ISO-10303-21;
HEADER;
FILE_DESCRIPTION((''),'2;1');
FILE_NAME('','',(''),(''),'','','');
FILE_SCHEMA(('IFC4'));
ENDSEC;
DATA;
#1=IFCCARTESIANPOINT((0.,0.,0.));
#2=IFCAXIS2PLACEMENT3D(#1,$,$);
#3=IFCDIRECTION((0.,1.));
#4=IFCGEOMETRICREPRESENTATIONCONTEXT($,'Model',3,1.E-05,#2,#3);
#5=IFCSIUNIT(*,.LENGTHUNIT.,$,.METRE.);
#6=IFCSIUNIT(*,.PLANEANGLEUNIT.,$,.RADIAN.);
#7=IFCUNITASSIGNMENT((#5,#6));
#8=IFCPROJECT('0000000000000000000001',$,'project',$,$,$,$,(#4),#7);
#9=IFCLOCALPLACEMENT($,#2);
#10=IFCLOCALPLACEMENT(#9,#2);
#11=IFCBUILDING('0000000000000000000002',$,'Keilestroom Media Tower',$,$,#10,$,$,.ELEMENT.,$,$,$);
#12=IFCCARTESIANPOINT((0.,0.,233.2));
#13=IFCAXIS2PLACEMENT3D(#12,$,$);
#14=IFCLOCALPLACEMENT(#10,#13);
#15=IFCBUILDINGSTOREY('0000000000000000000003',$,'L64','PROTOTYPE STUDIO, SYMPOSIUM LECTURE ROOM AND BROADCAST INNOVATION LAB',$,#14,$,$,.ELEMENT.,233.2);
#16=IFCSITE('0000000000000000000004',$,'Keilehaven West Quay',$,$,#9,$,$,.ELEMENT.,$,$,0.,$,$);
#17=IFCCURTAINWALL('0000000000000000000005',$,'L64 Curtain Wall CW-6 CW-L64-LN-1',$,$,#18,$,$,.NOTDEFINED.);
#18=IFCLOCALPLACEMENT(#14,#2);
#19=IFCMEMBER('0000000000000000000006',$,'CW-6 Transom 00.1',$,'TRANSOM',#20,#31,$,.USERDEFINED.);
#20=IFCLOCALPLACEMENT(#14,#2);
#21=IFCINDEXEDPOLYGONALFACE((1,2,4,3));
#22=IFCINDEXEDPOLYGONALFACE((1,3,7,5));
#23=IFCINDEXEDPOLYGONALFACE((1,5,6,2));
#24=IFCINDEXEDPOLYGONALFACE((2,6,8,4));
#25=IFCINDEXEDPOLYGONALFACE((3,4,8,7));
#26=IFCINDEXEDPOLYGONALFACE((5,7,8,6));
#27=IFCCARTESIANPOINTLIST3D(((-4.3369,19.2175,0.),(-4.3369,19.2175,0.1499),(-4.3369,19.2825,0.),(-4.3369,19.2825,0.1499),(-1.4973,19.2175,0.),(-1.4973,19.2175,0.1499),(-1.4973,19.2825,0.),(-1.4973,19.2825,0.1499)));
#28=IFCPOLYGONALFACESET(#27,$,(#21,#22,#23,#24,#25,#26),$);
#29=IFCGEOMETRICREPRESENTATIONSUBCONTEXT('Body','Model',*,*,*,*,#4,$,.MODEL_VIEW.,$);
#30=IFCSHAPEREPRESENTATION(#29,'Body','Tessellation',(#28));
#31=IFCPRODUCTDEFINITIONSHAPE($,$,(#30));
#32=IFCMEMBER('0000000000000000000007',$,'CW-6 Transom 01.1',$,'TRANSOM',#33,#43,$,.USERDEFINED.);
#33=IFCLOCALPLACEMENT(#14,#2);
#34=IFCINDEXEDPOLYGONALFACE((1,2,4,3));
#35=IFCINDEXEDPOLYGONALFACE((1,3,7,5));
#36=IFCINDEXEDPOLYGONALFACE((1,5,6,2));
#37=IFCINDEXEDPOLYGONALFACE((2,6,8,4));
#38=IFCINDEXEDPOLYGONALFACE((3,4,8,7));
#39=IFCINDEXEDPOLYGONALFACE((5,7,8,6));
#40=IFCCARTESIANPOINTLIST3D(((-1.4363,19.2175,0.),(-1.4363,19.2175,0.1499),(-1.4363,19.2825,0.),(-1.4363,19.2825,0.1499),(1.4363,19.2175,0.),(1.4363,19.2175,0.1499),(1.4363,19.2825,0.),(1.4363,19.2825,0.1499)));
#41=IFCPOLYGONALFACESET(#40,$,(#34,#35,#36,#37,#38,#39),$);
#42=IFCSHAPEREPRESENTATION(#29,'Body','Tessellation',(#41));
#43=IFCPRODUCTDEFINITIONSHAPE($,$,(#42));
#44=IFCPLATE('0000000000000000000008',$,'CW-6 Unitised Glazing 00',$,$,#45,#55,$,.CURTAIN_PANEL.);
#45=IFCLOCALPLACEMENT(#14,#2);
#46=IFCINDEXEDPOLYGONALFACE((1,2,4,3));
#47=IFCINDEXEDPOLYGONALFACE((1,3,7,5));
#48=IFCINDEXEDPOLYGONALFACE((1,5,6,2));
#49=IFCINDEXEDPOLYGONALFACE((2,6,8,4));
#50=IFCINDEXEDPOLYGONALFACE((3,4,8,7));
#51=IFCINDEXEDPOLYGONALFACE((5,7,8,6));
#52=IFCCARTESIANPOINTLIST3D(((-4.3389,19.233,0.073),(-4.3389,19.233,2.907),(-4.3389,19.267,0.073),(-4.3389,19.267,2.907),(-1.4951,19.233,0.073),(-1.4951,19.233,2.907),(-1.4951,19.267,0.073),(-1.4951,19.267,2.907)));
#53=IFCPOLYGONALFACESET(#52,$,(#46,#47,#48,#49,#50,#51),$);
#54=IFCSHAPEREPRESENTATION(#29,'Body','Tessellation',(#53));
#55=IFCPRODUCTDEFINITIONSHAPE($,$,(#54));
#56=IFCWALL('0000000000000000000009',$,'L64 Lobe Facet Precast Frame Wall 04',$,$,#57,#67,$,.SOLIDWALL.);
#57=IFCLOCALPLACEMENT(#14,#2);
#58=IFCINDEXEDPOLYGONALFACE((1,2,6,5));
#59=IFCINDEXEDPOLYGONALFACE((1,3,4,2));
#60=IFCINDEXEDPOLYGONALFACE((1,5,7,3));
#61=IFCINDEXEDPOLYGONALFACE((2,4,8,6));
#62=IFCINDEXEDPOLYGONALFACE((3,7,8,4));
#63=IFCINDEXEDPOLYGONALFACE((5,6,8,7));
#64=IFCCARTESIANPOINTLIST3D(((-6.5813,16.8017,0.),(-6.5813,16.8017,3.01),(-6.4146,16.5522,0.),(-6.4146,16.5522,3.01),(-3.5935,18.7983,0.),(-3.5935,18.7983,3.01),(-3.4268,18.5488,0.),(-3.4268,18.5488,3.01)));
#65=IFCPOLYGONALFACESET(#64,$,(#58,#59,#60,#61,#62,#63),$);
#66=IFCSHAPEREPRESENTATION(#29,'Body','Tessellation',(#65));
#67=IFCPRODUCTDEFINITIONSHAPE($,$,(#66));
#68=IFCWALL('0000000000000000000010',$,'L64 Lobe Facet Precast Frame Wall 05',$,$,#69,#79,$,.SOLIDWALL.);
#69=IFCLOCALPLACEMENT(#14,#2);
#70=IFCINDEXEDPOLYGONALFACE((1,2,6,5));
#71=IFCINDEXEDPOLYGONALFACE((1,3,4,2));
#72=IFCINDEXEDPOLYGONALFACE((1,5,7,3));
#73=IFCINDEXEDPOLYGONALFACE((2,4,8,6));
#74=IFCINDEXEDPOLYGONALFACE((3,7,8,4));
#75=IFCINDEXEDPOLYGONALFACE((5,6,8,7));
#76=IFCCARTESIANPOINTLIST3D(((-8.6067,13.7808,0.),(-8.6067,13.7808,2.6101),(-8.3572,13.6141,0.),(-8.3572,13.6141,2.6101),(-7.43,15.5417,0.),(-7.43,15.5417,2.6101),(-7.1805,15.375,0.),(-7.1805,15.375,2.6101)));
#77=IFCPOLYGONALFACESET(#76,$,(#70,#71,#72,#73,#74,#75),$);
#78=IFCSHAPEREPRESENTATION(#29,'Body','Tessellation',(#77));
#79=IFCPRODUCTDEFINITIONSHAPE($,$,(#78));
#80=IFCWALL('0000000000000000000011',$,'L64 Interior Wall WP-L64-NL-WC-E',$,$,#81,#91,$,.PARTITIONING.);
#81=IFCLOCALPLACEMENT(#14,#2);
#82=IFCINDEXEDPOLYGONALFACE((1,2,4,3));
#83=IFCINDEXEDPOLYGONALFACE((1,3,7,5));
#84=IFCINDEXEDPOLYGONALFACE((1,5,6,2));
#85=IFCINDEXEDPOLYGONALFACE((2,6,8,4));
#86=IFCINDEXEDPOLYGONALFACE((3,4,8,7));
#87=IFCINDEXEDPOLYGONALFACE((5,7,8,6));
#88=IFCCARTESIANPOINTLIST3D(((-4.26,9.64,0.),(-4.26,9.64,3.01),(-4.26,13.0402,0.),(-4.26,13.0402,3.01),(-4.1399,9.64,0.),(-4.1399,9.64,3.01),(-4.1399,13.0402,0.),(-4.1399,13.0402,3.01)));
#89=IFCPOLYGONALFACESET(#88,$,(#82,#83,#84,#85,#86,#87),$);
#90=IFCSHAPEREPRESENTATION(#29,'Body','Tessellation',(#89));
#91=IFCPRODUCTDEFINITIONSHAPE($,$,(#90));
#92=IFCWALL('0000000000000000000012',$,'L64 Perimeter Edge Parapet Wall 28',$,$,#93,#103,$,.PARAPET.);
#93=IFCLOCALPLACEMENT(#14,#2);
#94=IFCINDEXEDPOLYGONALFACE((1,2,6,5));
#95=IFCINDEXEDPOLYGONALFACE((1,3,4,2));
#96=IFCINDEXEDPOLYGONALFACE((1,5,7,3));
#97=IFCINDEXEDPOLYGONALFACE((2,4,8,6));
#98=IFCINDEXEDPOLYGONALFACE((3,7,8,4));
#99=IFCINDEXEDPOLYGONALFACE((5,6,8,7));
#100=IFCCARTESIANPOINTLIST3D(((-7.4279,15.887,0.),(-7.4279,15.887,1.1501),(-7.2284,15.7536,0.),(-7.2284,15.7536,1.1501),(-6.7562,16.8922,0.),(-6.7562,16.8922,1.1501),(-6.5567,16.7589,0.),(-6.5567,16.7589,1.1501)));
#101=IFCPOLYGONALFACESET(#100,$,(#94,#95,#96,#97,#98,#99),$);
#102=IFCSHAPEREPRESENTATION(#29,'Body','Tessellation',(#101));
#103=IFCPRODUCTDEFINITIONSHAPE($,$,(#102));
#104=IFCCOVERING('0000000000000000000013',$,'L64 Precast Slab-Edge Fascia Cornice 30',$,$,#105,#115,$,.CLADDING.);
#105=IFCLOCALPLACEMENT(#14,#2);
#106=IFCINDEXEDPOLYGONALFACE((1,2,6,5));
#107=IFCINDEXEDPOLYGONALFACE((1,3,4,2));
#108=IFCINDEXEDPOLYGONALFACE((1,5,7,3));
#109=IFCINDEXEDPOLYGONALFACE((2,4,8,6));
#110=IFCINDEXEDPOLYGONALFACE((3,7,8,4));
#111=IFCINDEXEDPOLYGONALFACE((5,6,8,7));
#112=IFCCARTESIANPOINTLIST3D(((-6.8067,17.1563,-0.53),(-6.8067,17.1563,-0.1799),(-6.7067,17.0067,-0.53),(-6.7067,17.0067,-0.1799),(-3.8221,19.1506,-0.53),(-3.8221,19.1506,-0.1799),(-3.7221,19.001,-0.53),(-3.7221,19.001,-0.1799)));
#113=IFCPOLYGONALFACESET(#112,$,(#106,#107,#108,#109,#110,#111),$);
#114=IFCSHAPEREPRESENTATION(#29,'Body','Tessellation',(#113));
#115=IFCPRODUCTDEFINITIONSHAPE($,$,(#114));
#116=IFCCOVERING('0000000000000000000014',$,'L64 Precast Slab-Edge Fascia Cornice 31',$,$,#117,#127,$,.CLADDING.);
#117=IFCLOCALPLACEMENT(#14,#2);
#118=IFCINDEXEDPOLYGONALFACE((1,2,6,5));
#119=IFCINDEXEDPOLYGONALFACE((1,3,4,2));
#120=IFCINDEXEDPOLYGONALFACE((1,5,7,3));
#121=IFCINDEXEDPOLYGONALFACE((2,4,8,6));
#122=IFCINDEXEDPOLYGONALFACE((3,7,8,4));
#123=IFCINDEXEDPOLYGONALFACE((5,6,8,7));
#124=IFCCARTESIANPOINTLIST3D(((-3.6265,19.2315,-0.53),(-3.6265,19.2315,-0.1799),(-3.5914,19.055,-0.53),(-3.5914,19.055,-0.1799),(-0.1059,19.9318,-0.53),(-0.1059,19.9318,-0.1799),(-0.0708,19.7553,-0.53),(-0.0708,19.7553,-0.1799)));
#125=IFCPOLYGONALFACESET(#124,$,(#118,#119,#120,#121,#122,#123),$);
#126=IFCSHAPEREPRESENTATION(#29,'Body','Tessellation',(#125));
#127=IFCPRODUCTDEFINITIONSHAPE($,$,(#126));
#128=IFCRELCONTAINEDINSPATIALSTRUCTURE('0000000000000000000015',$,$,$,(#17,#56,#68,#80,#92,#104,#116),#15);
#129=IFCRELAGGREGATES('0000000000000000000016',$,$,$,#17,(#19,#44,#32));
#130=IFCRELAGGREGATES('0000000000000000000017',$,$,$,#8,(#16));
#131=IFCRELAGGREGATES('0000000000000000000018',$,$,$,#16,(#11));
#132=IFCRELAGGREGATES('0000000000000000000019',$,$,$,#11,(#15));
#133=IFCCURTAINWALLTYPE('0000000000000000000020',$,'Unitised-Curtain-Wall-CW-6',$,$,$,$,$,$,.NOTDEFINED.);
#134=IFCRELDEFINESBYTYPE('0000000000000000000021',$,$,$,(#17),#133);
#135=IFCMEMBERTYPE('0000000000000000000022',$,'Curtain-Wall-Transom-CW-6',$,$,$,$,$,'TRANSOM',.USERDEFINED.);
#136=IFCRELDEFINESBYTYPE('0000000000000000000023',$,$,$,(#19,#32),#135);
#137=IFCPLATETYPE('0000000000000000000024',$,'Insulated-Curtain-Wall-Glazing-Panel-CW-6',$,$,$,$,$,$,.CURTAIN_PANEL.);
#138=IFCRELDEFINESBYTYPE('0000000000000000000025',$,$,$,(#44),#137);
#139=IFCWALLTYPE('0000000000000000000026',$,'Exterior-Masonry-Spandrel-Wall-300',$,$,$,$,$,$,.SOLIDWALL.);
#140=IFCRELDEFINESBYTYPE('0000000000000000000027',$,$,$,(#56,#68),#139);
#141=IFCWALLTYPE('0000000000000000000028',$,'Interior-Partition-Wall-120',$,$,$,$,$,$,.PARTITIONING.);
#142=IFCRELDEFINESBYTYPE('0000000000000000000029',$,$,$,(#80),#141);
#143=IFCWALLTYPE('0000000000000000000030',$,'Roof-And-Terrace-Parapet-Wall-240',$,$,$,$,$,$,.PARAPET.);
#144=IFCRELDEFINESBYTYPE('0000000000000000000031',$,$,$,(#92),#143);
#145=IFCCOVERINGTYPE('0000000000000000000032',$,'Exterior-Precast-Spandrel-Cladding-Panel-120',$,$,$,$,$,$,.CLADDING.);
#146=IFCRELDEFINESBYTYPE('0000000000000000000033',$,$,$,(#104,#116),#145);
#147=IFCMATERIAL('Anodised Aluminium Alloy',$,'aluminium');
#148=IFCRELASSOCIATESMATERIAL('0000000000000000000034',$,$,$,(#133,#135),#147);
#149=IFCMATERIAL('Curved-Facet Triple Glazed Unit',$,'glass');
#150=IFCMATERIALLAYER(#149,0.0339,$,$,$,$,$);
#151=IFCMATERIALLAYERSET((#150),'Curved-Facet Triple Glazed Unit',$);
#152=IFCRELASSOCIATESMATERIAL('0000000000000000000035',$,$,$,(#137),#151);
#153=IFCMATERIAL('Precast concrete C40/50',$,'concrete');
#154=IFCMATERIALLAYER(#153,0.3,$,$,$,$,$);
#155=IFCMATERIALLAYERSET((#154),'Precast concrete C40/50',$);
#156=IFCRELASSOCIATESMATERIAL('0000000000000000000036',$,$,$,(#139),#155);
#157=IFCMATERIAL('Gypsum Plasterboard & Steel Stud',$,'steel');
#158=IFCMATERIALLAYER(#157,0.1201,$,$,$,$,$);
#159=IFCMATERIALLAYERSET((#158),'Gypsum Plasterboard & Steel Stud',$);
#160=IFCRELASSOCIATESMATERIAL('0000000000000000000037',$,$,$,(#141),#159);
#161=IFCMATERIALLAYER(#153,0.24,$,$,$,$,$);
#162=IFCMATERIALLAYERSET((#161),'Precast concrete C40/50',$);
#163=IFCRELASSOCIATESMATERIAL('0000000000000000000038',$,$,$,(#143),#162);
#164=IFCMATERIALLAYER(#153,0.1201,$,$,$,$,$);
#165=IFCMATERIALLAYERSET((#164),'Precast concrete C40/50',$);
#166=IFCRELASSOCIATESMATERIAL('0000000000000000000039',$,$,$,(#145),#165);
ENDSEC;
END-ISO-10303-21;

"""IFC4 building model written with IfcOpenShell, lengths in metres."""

from ifc_helpers import new_model, si_unit, direction, frame, frame_2d, origin, origin_2d, place, context, subcontext, project, spatial, rectangle, extrude, source, transform, mapped, material, layer, layer_set, material_profile, profile_set, type_object, element, aggregate, save


model = new_model("IFC4")

# Units and contexts
model_context = context("Model", 3, precision=1e-05, world=origin(), true_north=direction((0.0, 1.0)))
body_context = subcontext(model_context, "Body", "Model", "MODEL_VIEW")
ifc_project = project(units=[si_unit("LENGTHUNIT", "METRE"), si_unit("PLANEANGLEUNIT", "RADIAN")], contexts=[model_context])

# Site, building, storey
site_placement = place(None, origin())
site = spatial("IfcSite", under=ifc_project, at=site_placement, Name="Keilehaven West Quay", CompositionType="ELEMENT", RefElevation=0.0)
building_placement = place(site_placement, origin())
building = spatial("IfcBuilding", under=site, at=building_placement, Name="Keilestroom Media Tower", CompositionType="ELEMENT")
storey_placement = place(building_placement, frame((0.0, 0.0, 233.2)))
storey = spatial("IfcBuildingStorey", under=building, at=storey_placement, Name="L64", Description="PROTOTYPE STUDIO, SYMPOSIUM LECTURE ROOM AND BROADCAST INNOVATION LAB", CompositionType="ELEMENT", Elevation=233.2)

# Curtain wall, members, plate
ifc_material_1 = material(Name="Anodised Aluminium Alloy", Category="aluminium")
curtain_wall_type = type_object("IfcCurtainWallType", Name="Unitised-Curtain-Wall-CW-6", PredefinedType="NOTDEFINED", material=ifc_material_1)
curtain_wall_placement = place(storey_placement, origin())
curtain_wall = element("IfcCurtainWall", 1, at=curtain_wall_placement, inside=storey, type_object=curtain_wall_type, Name="L64 Curtain Wall CW-6 CW-L64-LN-1", PredefinedType="NOTDEFINED")
ifc_material_profile_1 = material_profile(ifc_material_1, rectangle(XDim=0.0649, YDim=0.1499, at=origin_2d()), Name="ALU TRANSOM 65x150")
ifc_profile_set_1 = profile_set([ifc_material_profile_1], Name="Anodised Aluminium Alloy")
member_type_1 = type_object("IfcMemberType", Name="Curtain-Wall-Transom-CW-6", ElementType="TRANSOM", PredefinedType="USERDEFINED", material=ifc_profile_set_1)
shared_shape_1 = source(origin(), body_context, "Body", "SweptSolid", [
    extrude(rectangle(XDim=0.0649, YDim=0.1499, at=origin_2d()), origin(), (0.0, 0.0, 1.0), 2.8396),
])
member_1_placement = place(storey_placement, frame((-4.3369, 19.25, 0.075), z_axis=(1.0, 0.0, 0.0), x_axis=(0.0, 1.0, 0.0)))
member_1 = element("IfcMember", 2, at=member_1_placement, type_object=member_type_1, Name="CW-6 Transom 00.1", ObjectType="TRANSOM", PredefinedType="USERDEFINED", context=body_context, shape_type="MappedRepresentation", body=[
    mapped(shared_shape_1, transform((0.0, 0.0, 0.0), x_axis=(1.0, 0.0, 0.0), y_axis=(0.0, 1.0, 0.0), z_axis=(0.0, 0.0, 1.0), scale=1.0)),
])
shared_shape_2 = source(origin(), body_context, "Body", "SweptSolid", [
    extrude(rectangle(XDim=0.0649, YDim=0.1499, at=origin_2d()), origin(), (0.0, 0.0, 1.0), 2.8726),
])
member_2_placement = place(storey_placement, frame((-1.4363, 19.25, 0.075), z_axis=(1.0, 0.0, 0.0), x_axis=(0.0, 1.0, 0.0)))
member_2 = element("IfcMember", 3, at=member_2_placement, type_object=member_type_1, Name="CW-6 Transom 01.1", ObjectType="TRANSOM", PredefinedType="USERDEFINED", context=body_context, shape_type="MappedRepresentation", body=[
    mapped(shared_shape_2, transform((0.0, 0.0, 0.0), x_axis=(1.0, 0.0, 0.0), y_axis=(0.0, 1.0, 0.0), z_axis=(0.0, 0.0, 1.0), scale=1.0)),
])
ifc_material_2 = material(Name="Curved-Facet Triple Glazed Unit", Category="glass")
ifc_layer_1 = layer(ifc_material_2, 0.0339)
ifc_layer_set_1 = layer_set([ifc_layer_1], Name="Curved-Facet Triple Glazed Unit")
plate_type = type_object("IfcPlateType", Name="Insulated-Curtain-Wall-Glazing-Panel-CW-6", PredefinedType="CURTAIN_PANEL", material=ifc_layer_set_1)
shared_shape_3 = source(origin(), body_context, "Body", "SweptSolid", [
    extrude(rectangle(XDim=2.8438, YDim=0.0339, at=origin_2d()), origin(), (0.0, 0.0, 1.0), 2.834),
])
plate_placement = place(storey_placement, frame((-2.917, 19.25, 0.073), z_axis=(0.0, 0.0, 1.0), x_axis=(1.0, 0.0, 0.0)))
plate = element("IfcPlate", 4, at=plate_placement, type_object=plate_type, Name="CW-6 Unitised Glazing 00", PredefinedType="CURTAIN_PANEL", context=body_context, shape_type="MappedRepresentation", body=[
    mapped(shared_shape_3, transform((0.0, 0.0, 0.0), x_axis=(1.0, 0.0, 0.0), y_axis=(0.0, 1.0, 0.0), z_axis=(0.0, 0.0, 1.0), scale=1.0)),
])
aggregate(curtain_wall, [member_1, plate, member_2])

# Walls
ifc_material_3 = material(Name="Precast concrete C40/50", Category="concrete")
ifc_layer_2 = layer(ifc_material_3, 0.3)
ifc_layer_set_2 = layer_set([ifc_layer_2], Name="Precast concrete C40/50")
wall_type_1 = type_object("IfcWallType", Name="Exterior-Masonry-Spandrel-Wall-300", PredefinedType="SOLIDWALL", material=ifc_layer_set_2)
wall_1_placement = place(storey_placement, frame((-3.51, 18.6736, 0.0), z_axis=(0.0, 0.0, 1.0), x_axis=(-0.831444, -0.555609, 0.0)))
element("IfcWall", 5, at=wall_1_placement, inside=storey, type_object=wall_type_1, Name="L64 Lobe Facet Precast Frame Wall 04", PredefinedType="SOLIDWALL", context=body_context, shape_type="SweptSolid", body=[
    extrude(rectangle(XDim=3.5935, YDim=0.3, at=frame_2d((1.7969, 0.0))), origin(), (0.0, 0.0, 1.0), 3.01),
])
wall_2_placement = place(storey_placement, frame((-7.3052, 15.4585, 0.0), z_axis=(0.0, 0.0, 1.0), x_axis=(-0.555604, -0.831447, 0.0)))
element("IfcWall", 6, at=wall_2_placement, inside=storey, type_object=wall_type_1, Name="L64 Lobe Facet Precast Frame Wall 05", PredefinedType="SOLIDWALL", context=body_context, shape_type="SweptSolid", body=[
    extrude(rectangle(XDim=2.1179, YDim=0.3, at=frame_2d((1.0591, 0.0))), origin(), (0.0, 0.0, 1.0), 2.6101),
])
ifc_material_4 = material(Name="Gypsum Plasterboard & Steel Stud", Category="steel")
ifc_layer_3 = layer(ifc_material_4, 0.1201)
ifc_layer_set_3 = layer_set([ifc_layer_3], Name="Gypsum Plasterboard & Steel Stud")
wall_type_2 = type_object("IfcWallType", Name="Interior-Partition-Wall-120", PredefinedType="PARTITIONING", material=ifc_layer_set_3)
wall_3_placement = place(storey_placement, frame((-4.2, 9.6399, 0.0), z_axis=(0.0, 0.0, 1.0), x_axis=(0.0, 1.0, 0.0)))
element("IfcWall", 7, at=wall_3_placement, inside=storey, type_object=wall_type_2, Name="L64 Interior Wall WP-L64-NL-WC-E", PredefinedType="PARTITIONING", context=body_context, shape_type="SweptSolid", body=[
    extrude(rectangle(XDim=3.4001, YDim=0.1201, at=frame_2d((1.7002, 0.0))), origin(), (0.0, 0.0, 1.0), 3.01),
])
ifc_layer_4 = layer(ifc_material_3, 0.24)
ifc_layer_set_4 = layer_set([ifc_layer_4], Name="Precast concrete C40/50")
wall_type_3 = type_object("IfcWallType", Name="Roof-And-Terrace-Parapet-Wall-240", PredefinedType="PARAPET", material=ifc_layer_set_4)
wall_4_placement = place(storey_placement, frame((-7.3281, 15.8203, 0.0), z_axis=(0.0, 0.0, 1.0), x_axis=(0.555585, 0.831459, 0.0)))
element("IfcWall", 8, at=wall_4_placement, inside=storey, type_object=wall_type_3, Name="L64 Perimeter Edge Parapet Wall 28", PredefinedType="PARAPET", context=body_context, shape_type="SweptSolid", body=[
    extrude(rectangle(XDim=1.209, YDim=0.24, at=frame_2d((0.6045, 0.0))), origin(), (0.0, 0.0, 1.0), 1.1501),
])

# Coverings
ifc_layer_5 = layer(ifc_material_3, 0.1201)
ifc_layer_set_5 = layer_set([ifc_layer_5], Name="Precast concrete C40/50")
covering_type = type_object("IfcCoveringType", Name="Exterior-Precast-Spandrel-Cladding-Panel-120", PredefinedType="CLADDING", material=ifc_layer_set_5)
shared_shape_4 = source(origin(), body_context, "Body", "SweptSolid", [
    extrude(rectangle(XDim=3.5896, YDim=0.1799, at=origin_2d()), origin(), (0.0, 0.0, 1.0), 0.3501),
])
for number, where, z_axis, x_axis, name in (
    (9, (-5.2644, 18.0786, -0.53), (0.0, 0.0, 1.0), (0.831467, 0.555575, 0.0), "L64 Precast Slab-Edge Fascia Cornice 30"),
    (10, (-1.8486, 19.4934, -0.53), (0.0, 0.0, 1.0), (0.980784, 0.195099, 0.0), "L64 Precast Slab-Edge Fascia Cornice 31"),
):
    element("IfcCovering", number, at=place(storey_placement, frame(where, z_axis=z_axis, x_axis=x_axis)), inside=storey, type_object=covering_type, Name=name, PredefinedType="CLADDING", context=body_context, shape_type="MappedRepresentation", body=[
        mapped(shared_shape_4, transform((0.0, 0.0, 0.0), x_axis=(1.0, 0.0, 0.0), y_axis=(0.0, 1.0, 0.0), z_axis=(0.0, 0.0, 1.0), scale=1.0)),
    ])

save(model, "model.ifc")
